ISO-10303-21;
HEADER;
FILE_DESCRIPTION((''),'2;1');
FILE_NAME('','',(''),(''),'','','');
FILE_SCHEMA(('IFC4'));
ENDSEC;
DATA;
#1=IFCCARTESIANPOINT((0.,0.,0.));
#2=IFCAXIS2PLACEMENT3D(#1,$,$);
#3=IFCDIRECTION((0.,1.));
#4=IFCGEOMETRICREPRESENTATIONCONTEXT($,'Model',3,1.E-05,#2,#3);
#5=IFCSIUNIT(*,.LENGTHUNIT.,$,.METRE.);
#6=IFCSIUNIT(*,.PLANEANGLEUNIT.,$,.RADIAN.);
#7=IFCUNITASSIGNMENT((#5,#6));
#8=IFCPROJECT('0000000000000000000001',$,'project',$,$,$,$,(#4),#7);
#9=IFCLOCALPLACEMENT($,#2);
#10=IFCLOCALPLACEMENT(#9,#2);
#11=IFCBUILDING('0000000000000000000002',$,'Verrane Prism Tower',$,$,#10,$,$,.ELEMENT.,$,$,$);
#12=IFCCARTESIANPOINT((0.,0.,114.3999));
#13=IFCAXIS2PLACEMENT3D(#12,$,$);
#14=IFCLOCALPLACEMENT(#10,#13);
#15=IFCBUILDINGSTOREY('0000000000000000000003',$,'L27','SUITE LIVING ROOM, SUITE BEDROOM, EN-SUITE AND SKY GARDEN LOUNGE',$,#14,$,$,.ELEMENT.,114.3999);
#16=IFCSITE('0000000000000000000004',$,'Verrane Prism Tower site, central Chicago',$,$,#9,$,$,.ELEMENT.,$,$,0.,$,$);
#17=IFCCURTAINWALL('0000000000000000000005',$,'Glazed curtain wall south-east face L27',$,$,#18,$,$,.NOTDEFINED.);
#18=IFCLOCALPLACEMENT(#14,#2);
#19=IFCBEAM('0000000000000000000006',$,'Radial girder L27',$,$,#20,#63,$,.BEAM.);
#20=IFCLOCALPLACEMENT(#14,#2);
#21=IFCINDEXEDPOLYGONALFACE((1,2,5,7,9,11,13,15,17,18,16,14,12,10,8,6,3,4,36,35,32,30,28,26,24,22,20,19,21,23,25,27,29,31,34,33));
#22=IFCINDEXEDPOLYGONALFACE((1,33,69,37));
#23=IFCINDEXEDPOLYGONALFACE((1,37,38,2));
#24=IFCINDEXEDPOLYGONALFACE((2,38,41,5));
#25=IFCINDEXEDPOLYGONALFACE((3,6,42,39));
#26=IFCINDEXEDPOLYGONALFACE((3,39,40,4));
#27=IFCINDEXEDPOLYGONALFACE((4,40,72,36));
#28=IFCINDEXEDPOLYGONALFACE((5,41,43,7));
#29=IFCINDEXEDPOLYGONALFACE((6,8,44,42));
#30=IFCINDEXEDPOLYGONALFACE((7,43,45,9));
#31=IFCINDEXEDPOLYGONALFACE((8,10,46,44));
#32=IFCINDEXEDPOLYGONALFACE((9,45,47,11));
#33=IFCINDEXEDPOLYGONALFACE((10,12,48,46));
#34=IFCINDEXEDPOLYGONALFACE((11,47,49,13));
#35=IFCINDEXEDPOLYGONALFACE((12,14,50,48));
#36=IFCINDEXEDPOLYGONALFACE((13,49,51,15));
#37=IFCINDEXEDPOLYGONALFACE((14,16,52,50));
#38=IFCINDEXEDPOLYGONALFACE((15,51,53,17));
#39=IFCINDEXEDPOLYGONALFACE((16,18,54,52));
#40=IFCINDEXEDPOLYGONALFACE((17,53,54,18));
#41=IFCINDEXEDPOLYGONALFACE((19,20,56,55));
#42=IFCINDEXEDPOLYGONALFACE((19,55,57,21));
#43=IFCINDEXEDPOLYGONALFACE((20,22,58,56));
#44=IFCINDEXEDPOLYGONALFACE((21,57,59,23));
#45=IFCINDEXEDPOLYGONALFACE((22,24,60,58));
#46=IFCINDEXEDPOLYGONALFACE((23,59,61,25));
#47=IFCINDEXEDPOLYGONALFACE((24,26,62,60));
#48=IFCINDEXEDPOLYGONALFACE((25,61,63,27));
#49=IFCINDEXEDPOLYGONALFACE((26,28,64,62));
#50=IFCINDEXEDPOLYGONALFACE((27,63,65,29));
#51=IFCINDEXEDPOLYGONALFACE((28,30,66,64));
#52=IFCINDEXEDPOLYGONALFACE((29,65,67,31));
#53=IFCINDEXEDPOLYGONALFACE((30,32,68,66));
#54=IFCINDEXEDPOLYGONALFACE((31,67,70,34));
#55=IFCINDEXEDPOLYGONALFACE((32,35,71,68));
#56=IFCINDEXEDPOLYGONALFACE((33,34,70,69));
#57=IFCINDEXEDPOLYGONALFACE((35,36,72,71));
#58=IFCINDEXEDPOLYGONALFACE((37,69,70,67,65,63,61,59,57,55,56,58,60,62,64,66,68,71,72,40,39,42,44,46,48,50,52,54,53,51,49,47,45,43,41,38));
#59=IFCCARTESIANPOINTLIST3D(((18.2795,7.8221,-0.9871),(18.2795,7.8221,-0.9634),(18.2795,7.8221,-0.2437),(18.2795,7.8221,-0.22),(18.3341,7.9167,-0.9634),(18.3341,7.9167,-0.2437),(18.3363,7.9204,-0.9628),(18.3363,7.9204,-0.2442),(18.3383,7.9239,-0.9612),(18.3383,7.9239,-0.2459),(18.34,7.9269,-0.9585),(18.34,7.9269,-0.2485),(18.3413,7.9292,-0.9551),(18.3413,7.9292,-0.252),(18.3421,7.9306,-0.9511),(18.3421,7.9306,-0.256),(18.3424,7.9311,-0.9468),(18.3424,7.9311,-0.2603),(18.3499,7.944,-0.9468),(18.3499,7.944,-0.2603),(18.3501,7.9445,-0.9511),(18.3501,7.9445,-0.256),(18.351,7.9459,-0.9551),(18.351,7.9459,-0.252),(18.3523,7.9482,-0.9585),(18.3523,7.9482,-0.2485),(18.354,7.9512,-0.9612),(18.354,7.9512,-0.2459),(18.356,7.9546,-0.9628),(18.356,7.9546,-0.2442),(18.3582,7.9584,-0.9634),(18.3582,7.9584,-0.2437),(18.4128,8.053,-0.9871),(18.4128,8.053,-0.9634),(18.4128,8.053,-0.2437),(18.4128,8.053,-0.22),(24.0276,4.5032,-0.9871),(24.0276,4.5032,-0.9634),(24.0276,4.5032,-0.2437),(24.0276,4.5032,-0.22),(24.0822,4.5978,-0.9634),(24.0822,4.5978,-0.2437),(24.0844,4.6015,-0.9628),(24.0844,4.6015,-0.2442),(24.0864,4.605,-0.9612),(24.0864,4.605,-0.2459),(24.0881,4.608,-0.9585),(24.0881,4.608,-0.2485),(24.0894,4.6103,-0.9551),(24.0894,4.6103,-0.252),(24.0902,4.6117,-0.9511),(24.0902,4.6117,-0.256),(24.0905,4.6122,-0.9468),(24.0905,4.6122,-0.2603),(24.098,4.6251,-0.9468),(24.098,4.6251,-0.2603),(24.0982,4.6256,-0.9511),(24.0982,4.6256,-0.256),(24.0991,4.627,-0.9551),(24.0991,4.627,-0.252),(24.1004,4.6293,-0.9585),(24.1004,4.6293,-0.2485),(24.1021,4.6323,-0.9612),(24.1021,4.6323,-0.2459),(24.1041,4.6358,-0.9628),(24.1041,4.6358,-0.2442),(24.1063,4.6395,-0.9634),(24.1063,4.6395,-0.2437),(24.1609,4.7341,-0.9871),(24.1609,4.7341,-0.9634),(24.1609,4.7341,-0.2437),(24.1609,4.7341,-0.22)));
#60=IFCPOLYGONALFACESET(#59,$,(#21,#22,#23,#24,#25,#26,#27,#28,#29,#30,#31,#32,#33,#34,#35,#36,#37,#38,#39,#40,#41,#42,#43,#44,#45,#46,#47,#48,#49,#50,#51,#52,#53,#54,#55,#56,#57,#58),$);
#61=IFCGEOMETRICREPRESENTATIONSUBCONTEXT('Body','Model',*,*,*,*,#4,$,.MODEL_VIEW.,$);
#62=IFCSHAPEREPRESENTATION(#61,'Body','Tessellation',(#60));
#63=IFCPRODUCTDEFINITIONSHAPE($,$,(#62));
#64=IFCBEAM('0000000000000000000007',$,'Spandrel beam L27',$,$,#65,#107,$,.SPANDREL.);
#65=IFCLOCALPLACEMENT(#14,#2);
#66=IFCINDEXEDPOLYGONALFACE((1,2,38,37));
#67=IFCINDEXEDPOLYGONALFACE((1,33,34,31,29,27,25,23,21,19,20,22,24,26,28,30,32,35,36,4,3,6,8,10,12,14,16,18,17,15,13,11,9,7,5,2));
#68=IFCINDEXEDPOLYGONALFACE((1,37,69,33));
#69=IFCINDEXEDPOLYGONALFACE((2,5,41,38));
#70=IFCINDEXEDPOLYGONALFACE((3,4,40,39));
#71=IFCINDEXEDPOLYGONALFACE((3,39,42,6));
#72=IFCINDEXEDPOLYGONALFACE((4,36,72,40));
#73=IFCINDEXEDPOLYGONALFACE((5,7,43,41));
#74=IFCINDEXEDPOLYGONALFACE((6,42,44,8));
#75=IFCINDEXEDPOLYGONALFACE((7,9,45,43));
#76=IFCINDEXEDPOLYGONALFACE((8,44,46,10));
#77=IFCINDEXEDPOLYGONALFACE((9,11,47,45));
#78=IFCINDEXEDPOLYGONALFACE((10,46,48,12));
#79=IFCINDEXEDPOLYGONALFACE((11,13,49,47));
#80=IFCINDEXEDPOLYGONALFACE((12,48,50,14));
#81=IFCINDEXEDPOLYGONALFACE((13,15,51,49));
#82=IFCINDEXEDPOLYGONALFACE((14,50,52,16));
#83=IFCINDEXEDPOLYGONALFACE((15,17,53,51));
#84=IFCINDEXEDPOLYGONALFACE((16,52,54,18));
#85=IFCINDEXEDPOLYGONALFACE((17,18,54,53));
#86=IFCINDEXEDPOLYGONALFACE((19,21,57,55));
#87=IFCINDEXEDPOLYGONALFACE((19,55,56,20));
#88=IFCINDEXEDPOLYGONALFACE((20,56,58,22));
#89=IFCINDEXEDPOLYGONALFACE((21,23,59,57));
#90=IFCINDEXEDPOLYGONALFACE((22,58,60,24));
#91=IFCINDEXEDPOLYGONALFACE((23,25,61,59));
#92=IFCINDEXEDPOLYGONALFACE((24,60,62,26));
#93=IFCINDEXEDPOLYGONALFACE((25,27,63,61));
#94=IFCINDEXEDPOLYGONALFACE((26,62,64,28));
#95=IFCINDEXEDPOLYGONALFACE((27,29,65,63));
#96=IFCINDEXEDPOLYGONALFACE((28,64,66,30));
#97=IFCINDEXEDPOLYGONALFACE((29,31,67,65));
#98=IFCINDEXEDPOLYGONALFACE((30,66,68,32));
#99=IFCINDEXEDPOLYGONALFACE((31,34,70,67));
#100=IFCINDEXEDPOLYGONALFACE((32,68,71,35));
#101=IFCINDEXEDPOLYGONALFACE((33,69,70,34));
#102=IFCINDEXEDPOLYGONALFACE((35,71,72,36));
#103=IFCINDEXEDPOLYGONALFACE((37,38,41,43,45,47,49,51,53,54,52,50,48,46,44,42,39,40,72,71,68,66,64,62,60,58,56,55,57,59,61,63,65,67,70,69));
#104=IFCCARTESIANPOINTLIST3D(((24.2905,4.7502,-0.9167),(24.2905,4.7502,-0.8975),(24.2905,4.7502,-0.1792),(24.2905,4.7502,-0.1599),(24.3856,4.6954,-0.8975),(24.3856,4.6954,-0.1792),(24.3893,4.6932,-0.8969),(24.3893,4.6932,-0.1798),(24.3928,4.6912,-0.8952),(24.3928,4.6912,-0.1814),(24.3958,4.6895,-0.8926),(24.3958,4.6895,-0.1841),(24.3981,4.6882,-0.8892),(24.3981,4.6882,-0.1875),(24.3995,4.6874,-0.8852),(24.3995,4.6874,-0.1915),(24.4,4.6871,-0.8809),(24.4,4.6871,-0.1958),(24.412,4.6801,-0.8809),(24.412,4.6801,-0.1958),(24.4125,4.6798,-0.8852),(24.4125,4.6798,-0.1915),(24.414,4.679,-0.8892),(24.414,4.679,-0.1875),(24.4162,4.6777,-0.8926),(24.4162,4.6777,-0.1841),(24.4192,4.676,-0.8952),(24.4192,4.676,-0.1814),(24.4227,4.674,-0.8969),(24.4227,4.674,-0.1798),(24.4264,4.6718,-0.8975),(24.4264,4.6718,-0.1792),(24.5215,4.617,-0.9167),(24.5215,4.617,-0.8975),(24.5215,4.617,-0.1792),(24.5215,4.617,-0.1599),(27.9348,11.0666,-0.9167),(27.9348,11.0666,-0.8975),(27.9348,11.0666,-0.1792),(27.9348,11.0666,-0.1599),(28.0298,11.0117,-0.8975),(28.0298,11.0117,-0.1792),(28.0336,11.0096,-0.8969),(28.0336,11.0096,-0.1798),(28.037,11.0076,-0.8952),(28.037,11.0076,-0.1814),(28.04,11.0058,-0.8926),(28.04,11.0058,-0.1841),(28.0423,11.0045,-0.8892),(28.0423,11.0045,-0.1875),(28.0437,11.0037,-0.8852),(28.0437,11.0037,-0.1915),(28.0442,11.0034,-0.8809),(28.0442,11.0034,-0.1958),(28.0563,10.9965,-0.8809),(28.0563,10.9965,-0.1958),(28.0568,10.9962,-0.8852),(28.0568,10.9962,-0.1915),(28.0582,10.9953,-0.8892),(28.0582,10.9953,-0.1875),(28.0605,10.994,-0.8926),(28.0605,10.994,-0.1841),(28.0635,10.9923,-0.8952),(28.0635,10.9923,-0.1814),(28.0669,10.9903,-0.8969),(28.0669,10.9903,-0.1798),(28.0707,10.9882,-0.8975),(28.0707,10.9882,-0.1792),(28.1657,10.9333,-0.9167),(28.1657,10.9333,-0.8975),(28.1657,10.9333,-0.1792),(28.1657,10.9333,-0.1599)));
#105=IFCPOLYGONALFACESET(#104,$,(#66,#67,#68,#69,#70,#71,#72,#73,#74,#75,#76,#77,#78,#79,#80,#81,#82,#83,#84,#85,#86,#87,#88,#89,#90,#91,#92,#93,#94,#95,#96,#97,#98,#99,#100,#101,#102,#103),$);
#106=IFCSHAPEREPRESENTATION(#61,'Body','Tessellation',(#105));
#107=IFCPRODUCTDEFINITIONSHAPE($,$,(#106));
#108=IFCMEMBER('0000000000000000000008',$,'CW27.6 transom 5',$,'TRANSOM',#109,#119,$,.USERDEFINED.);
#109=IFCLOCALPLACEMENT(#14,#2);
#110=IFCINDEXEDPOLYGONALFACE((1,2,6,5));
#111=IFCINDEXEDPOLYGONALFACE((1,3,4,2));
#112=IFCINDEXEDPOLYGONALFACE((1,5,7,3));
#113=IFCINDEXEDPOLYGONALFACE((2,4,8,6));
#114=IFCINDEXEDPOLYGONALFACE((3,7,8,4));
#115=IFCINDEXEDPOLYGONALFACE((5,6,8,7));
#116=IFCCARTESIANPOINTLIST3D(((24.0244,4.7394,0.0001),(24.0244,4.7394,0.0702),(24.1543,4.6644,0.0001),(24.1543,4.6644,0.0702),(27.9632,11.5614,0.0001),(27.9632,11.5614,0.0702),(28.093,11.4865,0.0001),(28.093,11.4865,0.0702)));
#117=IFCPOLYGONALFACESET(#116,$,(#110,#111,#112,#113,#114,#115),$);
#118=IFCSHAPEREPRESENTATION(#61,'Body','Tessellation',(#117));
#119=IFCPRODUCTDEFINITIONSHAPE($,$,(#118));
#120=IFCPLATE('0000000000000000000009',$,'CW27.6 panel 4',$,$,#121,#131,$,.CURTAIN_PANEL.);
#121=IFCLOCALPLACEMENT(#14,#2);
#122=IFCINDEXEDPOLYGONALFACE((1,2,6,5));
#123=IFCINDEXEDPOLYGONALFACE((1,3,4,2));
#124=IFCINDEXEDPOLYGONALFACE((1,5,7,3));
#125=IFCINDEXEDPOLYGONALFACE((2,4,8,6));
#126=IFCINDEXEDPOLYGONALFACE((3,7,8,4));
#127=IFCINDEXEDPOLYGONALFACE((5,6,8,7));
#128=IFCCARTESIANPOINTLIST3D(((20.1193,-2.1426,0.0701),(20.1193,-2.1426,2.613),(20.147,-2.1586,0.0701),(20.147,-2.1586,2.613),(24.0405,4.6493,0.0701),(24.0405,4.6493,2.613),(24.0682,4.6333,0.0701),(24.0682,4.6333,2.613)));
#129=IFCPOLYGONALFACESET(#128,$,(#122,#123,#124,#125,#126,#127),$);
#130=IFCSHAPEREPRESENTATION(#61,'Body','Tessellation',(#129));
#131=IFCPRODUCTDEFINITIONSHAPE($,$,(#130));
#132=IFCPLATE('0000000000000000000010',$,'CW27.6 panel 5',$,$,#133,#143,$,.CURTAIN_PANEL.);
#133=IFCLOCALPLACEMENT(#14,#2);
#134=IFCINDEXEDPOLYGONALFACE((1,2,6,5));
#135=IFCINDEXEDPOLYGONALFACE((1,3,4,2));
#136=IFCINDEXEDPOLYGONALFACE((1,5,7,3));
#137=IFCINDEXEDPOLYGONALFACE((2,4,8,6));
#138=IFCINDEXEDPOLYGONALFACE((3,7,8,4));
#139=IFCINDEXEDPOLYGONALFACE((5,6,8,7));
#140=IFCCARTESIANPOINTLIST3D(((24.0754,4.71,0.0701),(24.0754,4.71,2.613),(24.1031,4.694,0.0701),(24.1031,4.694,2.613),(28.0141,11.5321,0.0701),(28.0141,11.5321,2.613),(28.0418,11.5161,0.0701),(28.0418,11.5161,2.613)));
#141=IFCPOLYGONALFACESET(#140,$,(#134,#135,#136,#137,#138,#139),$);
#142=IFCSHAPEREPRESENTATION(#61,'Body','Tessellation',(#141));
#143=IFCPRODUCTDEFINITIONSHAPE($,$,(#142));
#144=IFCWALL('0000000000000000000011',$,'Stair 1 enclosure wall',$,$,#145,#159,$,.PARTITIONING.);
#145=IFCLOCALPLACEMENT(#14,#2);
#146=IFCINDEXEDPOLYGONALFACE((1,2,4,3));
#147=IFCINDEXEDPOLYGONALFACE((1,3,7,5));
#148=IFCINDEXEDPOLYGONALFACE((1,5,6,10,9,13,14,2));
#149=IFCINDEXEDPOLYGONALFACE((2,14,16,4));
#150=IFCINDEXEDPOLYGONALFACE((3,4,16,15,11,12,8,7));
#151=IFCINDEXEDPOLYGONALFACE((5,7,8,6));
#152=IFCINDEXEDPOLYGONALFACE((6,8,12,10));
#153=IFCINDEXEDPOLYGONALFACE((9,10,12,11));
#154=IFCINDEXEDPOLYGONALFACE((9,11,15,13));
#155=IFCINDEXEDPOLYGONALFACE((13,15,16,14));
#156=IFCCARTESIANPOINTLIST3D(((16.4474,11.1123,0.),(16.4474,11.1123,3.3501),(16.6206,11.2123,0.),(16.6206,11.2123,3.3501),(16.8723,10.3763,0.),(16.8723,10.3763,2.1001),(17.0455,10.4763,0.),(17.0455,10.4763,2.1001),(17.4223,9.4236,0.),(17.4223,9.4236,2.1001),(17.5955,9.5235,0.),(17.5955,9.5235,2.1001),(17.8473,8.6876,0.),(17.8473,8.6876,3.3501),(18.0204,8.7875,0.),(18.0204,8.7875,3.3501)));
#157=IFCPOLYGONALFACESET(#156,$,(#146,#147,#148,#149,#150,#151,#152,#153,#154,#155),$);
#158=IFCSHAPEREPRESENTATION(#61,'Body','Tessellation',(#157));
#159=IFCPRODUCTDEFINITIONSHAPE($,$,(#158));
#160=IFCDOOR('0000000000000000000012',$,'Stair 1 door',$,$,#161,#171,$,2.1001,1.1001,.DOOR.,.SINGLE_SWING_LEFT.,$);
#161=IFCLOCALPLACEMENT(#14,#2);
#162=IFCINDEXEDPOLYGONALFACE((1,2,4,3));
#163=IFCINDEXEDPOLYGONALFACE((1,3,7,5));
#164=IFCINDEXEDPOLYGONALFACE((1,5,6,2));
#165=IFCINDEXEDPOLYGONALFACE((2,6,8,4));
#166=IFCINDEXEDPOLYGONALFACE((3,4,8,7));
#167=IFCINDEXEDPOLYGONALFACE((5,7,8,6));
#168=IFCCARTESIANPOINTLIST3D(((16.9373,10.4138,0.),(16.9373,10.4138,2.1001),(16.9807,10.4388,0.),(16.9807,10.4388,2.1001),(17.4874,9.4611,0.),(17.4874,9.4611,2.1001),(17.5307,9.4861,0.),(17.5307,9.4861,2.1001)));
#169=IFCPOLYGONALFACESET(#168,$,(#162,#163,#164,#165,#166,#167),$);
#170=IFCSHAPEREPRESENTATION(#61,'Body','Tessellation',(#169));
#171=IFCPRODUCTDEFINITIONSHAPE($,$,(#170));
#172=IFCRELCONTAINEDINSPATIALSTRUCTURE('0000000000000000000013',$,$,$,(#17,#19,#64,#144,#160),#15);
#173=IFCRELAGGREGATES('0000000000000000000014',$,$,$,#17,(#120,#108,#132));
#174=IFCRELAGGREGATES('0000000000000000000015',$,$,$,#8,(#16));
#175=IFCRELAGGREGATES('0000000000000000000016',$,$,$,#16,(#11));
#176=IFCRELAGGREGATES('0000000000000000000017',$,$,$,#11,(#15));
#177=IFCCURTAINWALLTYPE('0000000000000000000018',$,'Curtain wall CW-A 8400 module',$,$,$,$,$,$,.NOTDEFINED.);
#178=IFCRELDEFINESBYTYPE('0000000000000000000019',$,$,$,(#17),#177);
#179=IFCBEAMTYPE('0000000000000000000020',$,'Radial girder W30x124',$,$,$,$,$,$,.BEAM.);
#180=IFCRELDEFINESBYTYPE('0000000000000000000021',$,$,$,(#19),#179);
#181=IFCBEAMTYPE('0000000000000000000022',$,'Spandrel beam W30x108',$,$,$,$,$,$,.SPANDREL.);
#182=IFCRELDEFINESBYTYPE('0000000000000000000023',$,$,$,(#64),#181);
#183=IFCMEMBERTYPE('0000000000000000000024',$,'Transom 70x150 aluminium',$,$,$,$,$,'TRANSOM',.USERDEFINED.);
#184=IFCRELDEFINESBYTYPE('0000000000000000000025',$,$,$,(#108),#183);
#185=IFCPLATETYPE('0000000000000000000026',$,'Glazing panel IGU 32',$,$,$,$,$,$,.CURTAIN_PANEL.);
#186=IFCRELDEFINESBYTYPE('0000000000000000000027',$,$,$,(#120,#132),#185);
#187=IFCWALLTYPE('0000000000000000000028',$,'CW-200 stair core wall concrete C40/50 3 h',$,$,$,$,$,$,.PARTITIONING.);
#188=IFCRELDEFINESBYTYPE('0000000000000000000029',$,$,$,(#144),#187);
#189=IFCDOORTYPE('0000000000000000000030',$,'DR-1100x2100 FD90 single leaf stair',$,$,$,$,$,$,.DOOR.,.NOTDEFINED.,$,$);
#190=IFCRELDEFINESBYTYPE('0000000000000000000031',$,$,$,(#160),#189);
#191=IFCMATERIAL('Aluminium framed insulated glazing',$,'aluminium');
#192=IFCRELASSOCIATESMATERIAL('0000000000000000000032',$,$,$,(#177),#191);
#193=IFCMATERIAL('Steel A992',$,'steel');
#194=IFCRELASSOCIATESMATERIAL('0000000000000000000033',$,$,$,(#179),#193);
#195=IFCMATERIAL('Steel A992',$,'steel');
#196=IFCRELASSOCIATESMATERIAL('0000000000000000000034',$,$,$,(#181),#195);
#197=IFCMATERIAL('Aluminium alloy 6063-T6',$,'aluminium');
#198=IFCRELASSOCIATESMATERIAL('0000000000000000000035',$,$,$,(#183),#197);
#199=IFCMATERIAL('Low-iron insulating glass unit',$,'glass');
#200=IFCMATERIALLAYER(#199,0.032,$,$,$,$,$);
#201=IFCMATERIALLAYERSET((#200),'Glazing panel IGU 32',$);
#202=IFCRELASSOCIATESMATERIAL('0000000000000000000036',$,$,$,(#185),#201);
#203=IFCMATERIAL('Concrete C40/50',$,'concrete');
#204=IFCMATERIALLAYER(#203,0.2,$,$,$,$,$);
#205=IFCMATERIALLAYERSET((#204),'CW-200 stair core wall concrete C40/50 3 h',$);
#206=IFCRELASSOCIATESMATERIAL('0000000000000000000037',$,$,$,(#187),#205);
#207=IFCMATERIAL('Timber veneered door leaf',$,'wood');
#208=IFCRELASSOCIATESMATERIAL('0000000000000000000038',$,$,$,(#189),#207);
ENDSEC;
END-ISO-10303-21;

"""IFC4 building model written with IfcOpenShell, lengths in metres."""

from ifc_helpers import new_model, si_unit, direction, frame, frame_2d, origin, origin_2d, place, context, subcontext, project, spatial, rectangle, i_section, extrude, material, layer, layer_set, material_profile, profile_set, type_object, element, fill, aggregate, save


model = new_model("IFC4")

# Units and contexts
model_context = context("Model", 3, precision=1e-05, world=origin(), true_north=direction((0.0, 1.0)))
body_context = subcontext(model_context, "Body", "Model", "MODEL_VIEW")
ifc_project = project(units=[si_unit("LENGTHUNIT", "METRE"), si_unit("PLANEANGLEUNIT", "RADIAN")], contexts=[model_context])

# Site, building, storey
site_placement = place(None, origin())
site = spatial("IfcSite", under=ifc_project, at=site_placement, Name="Verrane Prism Tower site, central Chicago", CompositionType="ELEMENT", RefElevation=0.0)
building_placement = place(site_placement, origin())
building = spatial("IfcBuilding", under=site, at=building_placement, Name="Verrane Prism Tower", CompositionType="ELEMENT")
storey_placement = place(building_placement, frame((0.0, 0.0, 114.3999)))
storey = spatial("IfcBuildingStorey", under=building, at=storey_placement, Name="L27", Description="SUITE LIVING ROOM, SUITE BEDROOM, EN-SUITE AND SKY GARDEN LOUNGE", CompositionType="ELEMENT", Elevation=114.3999)

# Curtain wall
ifc_material_1 = material(Name="Aluminium framed insulated glazing", Category="aluminium")
curtain_wall_type = type_object("IfcCurtainWallType", Name="Curtain wall CW-A 8400 module", PredefinedType="NOTDEFINED", material=ifc_material_1)
curtain_wall_placement = place(storey_placement, origin())
curtain_wall = element("IfcCurtainWall", 1, at=curtain_wall_placement, inside=storey, type_object=curtain_wall_type, Name="Glazed curtain wall south-east face L27", PredefinedType="NOTDEFINED")

# Beams
ifc_material_2 = material(Name="Steel A992", Category="steel")
ifc_material_profile_1 = material_profile(ifc_material_2, i_section(OverallWidth=0.2666, OverallDepth=0.7671, WebThickness=0.0149, FlangeThickness=0.0237, FilletRadius=0.0166, at=origin_2d()), Name="W30x124")
ifc_profile_set_1 = profile_set([ifc_material_profile_1], Name="Steel A992")
beam_type_1 = type_object("IfcBeamType", Name="Radial girder W30x124", PredefinedType="BEAM", material=ifc_profile_set_1)
beam_1_placement = place(storey_placement, frame((24.0942, 4.6187, -0.6035), z_axis=(-0.866012, 0.500024, 0.0), x_axis=(-0.500024, -0.866012, 0.0)))
element("IfcBeam", 2, at=beam_1_placement, inside=storey, type_object=beam_type_1, Name="Radial girder L27", PredefinedType="BEAM", context=body_context, shape_type="SweptSolid", body=[
    extrude(i_section(OverallWidth=0.2666, OverallDepth=0.7671, WebThickness=0.0149, FlangeThickness=0.0237, FilletRadius=0.0166, at=origin_2d()), origin(), (0.0, 0.0, 1.0), 6.6375),
])
ifc_material_3 = material(Name="Steel A992", Category="steel")
ifc_material_profile_2 = material_profile(ifc_material_3, i_section(OverallWidth=0.2666, OverallDepth=0.7568, WebThickness=0.0139, FlangeThickness=0.0193, FilletRadius=0.0166, at=origin_2d()), Name="W30x108")
ifc_profile_set_2 = profile_set([ifc_material_profile_2], Name="Steel A992")
beam_type_2 = type_object("IfcBeamType", Name="Spandrel beam W30x108", PredefinedType="SPANDREL", material=ifc_profile_set_2)
beam_2_placement = place(storey_placement, frame((24.406, 4.6836, -0.5383), z_axis=(0.499744, 0.866173, 0.0), x_axis=(-0.866173, 0.499744, 0.0)))
element("IfcBeam", 3, at=beam_2_placement, inside=storey, type_object=beam_type_2, Name="Spandrel beam L27", PredefinedType="SPANDREL", context=body_context, shape_type="SweptSolid", body=[
    extrude(i_section(OverallWidth=0.2666, OverallDepth=0.7568, WebThickness=0.0139, FlangeThickness=0.0193, FilletRadius=0.0166, at=origin_2d()), origin(), (0.0, 0.0, 1.0), 7.2922),
])

# Member
ifc_material_4 = material(Name="Aluminium alloy 6063-T6", Category="aluminium")
ifc_material_profile_3 = material_profile(ifc_material_4, rectangle(XDim=0.1499, YDim=0.0701, at=origin_2d()), Name="Transom 70x150 aluminium")
ifc_profile_set_3 = profile_set([ifc_material_profile_3], Name="Aluminium alloy 6063-T6")
member_type_1 = type_object("IfcMemberType", Name="Transom 70x150 aluminium", ElementType="TRANSOM", PredefinedType="USERDEFINED", material=ifc_profile_set_3)
member_1_placement = place(storey_placement, frame((24.0894, 4.7019, 0.0352), z_axis=(0.500002, 0.866024, 0.0), x_axis=(-0.866024, 0.500002, 0.0)))
member_1 = element("IfcMember", 4, at=member_1_placement, type_object=member_type_1, Name="CW27.6 transom 5", ObjectType="TRANSOM", PredefinedType="USERDEFINED", context=body_context, shape_type="SweptSolid", body=[
    extrude(rectangle(XDim=0.1499, YDim=0.0701, at=origin_2d()), origin(), (0.0, 0.0, 1.0), 7.8774),
])

# Plates
ifc_material_5 = material(Name="Low-iron insulating glass unit", Category="glass")
ifc_layer_1 = layer(ifc_material_5, 0.032)
ifc_layer_set_1 = layer_set([ifc_layer_1], Name="Glazing panel IGU 32")
plate_type = type_object("IfcPlateType", Name="Glazing panel IGU 32", PredefinedType="CURTAIN_PANEL", material=ifc_layer_set_1)
plate_1_placement = place(storey_placement, frame((22.0938, 1.2454, 0.0701), z_axis=(0.0, 0.0, 1.0), x_axis=(0.499999, 0.866026, 0.0)))
plate_1 = element("IfcPlate", 5, at=plate_1_placement, type_object=plate_type, Name="CW27.6 panel 4", PredefinedType="CURTAIN_PANEL", context=body_context, shape_type="SweptSolid", body=[
    extrude(rectangle(XDim=7.8425, YDim=0.032, at=origin_2d()), origin(), (0.0, 0.0, 1.0), 2.543),
])
plate_2_placement = place(storey_placement, frame((26.0586, 8.113, 0.0701), z_axis=(0.0, 0.0, 1.0), x_axis=(0.499999, 0.866026, 0.0)))
plate_2 = element("IfcPlate", 6, at=plate_2_placement, type_object=plate_type, Name="CW27.6 panel 5", PredefinedType="CURTAIN_PANEL", context=body_context, shape_type="SweptSolid", body=[
    extrude(rectangle(XDim=7.8774, YDim=0.032, at=origin_2d()), origin(), (0.0, 0.0, 1.0), 2.543),
])
aggregate(curtain_wall, [plate_1, member_1, plate_2])

# Wall, opening, door
ifc_material_6 = material(Name="Concrete C40/50", Category="concrete")
ifc_layer_2 = layer(ifc_material_6, 0.2)
ifc_layer_set_2 = layer_set([ifc_layer_2], Name="CW-200 stair core wall concrete C40/50 3 h")
wall_type_1 = type_object("IfcWallType", Name="CW-200 stair core wall concrete C40/50 3 h", PredefinedType="PARTITIONING", material=ifc_layer_set_2)
wall_1_placement = place(storey_placement, frame((17.9338, 8.7375, 0.0), z_axis=(0.0, 0.0, 1.0), x_axis=(-0.499984, 0.866035, 0.0)))
wall_1 = element("IfcWall", 7, at=wall_1_placement, inside=storey, type_object=wall_type_1, Name="Stair 1 enclosure wall", PredefinedType="PARTITIONING", context=body_context, shape_type="SweptSolid", body=[
    extrude(rectangle(XDim=2.7998, YDim=0.2, at=frame_2d((1.3999, 0.0))), origin(), (0.0, 0.0, 1.0), 3.3501),
])
opening_1_placement = place(wall_1_placement, frame((0.8499, 0.0, 0.0)))
opening_1 = element("IfcOpeningElement", 8, at=opening_1_placement, cuts=wall_1, PredefinedType="OPENING", context=body_context, shape_type="SweptSolid", body=[
    extrude(rectangle(XDim=1.1001, YDim=2.1001, at=frame_2d((0.55, 1.05))), frame((0.0, 0.1099, 0.0), z_axis=(0.0, -1.0, 0.0), x_axis=(1.0, 0.0, 0.0)), (0.0, 0.0, 1.0), 0.22),
])
ifc_material_7 = material(Name="Timber veneered door leaf", Category="wood")
door_type_1 = type_object("IfcDoorType", Name="DR-1100x2100 FD90 single leaf stair", OperationType="NOTDEFINED", PredefinedType="DOOR", material=ifc_material_7)
door_1_placement = place(opening_1_placement, origin())
door_1 = element("IfcDoor", 9, at=door_1_placement, inside=storey, type_object=door_type_1, Name="Stair 1 door", OperationType="SINGLE_SWING_LEFT", OverallHeight=2.1001, OverallWidth=1.1001, PredefinedType="DOOR", context=body_context, shape_type="SweptSolid", body=[
    extrude(rectangle(XDim=1.1001, YDim=2.1001, at=frame_2d((0.55, 1.05))), frame((0.0, 0.0249, 0.0), z_axis=(0.0, -1.0, 0.0), x_axis=(1.0, 0.0, 0.0)), (0.0, 0.0, 1.0), 0.05),
])
fill(opening_1, door_1)

save(model, "model.ifc")
